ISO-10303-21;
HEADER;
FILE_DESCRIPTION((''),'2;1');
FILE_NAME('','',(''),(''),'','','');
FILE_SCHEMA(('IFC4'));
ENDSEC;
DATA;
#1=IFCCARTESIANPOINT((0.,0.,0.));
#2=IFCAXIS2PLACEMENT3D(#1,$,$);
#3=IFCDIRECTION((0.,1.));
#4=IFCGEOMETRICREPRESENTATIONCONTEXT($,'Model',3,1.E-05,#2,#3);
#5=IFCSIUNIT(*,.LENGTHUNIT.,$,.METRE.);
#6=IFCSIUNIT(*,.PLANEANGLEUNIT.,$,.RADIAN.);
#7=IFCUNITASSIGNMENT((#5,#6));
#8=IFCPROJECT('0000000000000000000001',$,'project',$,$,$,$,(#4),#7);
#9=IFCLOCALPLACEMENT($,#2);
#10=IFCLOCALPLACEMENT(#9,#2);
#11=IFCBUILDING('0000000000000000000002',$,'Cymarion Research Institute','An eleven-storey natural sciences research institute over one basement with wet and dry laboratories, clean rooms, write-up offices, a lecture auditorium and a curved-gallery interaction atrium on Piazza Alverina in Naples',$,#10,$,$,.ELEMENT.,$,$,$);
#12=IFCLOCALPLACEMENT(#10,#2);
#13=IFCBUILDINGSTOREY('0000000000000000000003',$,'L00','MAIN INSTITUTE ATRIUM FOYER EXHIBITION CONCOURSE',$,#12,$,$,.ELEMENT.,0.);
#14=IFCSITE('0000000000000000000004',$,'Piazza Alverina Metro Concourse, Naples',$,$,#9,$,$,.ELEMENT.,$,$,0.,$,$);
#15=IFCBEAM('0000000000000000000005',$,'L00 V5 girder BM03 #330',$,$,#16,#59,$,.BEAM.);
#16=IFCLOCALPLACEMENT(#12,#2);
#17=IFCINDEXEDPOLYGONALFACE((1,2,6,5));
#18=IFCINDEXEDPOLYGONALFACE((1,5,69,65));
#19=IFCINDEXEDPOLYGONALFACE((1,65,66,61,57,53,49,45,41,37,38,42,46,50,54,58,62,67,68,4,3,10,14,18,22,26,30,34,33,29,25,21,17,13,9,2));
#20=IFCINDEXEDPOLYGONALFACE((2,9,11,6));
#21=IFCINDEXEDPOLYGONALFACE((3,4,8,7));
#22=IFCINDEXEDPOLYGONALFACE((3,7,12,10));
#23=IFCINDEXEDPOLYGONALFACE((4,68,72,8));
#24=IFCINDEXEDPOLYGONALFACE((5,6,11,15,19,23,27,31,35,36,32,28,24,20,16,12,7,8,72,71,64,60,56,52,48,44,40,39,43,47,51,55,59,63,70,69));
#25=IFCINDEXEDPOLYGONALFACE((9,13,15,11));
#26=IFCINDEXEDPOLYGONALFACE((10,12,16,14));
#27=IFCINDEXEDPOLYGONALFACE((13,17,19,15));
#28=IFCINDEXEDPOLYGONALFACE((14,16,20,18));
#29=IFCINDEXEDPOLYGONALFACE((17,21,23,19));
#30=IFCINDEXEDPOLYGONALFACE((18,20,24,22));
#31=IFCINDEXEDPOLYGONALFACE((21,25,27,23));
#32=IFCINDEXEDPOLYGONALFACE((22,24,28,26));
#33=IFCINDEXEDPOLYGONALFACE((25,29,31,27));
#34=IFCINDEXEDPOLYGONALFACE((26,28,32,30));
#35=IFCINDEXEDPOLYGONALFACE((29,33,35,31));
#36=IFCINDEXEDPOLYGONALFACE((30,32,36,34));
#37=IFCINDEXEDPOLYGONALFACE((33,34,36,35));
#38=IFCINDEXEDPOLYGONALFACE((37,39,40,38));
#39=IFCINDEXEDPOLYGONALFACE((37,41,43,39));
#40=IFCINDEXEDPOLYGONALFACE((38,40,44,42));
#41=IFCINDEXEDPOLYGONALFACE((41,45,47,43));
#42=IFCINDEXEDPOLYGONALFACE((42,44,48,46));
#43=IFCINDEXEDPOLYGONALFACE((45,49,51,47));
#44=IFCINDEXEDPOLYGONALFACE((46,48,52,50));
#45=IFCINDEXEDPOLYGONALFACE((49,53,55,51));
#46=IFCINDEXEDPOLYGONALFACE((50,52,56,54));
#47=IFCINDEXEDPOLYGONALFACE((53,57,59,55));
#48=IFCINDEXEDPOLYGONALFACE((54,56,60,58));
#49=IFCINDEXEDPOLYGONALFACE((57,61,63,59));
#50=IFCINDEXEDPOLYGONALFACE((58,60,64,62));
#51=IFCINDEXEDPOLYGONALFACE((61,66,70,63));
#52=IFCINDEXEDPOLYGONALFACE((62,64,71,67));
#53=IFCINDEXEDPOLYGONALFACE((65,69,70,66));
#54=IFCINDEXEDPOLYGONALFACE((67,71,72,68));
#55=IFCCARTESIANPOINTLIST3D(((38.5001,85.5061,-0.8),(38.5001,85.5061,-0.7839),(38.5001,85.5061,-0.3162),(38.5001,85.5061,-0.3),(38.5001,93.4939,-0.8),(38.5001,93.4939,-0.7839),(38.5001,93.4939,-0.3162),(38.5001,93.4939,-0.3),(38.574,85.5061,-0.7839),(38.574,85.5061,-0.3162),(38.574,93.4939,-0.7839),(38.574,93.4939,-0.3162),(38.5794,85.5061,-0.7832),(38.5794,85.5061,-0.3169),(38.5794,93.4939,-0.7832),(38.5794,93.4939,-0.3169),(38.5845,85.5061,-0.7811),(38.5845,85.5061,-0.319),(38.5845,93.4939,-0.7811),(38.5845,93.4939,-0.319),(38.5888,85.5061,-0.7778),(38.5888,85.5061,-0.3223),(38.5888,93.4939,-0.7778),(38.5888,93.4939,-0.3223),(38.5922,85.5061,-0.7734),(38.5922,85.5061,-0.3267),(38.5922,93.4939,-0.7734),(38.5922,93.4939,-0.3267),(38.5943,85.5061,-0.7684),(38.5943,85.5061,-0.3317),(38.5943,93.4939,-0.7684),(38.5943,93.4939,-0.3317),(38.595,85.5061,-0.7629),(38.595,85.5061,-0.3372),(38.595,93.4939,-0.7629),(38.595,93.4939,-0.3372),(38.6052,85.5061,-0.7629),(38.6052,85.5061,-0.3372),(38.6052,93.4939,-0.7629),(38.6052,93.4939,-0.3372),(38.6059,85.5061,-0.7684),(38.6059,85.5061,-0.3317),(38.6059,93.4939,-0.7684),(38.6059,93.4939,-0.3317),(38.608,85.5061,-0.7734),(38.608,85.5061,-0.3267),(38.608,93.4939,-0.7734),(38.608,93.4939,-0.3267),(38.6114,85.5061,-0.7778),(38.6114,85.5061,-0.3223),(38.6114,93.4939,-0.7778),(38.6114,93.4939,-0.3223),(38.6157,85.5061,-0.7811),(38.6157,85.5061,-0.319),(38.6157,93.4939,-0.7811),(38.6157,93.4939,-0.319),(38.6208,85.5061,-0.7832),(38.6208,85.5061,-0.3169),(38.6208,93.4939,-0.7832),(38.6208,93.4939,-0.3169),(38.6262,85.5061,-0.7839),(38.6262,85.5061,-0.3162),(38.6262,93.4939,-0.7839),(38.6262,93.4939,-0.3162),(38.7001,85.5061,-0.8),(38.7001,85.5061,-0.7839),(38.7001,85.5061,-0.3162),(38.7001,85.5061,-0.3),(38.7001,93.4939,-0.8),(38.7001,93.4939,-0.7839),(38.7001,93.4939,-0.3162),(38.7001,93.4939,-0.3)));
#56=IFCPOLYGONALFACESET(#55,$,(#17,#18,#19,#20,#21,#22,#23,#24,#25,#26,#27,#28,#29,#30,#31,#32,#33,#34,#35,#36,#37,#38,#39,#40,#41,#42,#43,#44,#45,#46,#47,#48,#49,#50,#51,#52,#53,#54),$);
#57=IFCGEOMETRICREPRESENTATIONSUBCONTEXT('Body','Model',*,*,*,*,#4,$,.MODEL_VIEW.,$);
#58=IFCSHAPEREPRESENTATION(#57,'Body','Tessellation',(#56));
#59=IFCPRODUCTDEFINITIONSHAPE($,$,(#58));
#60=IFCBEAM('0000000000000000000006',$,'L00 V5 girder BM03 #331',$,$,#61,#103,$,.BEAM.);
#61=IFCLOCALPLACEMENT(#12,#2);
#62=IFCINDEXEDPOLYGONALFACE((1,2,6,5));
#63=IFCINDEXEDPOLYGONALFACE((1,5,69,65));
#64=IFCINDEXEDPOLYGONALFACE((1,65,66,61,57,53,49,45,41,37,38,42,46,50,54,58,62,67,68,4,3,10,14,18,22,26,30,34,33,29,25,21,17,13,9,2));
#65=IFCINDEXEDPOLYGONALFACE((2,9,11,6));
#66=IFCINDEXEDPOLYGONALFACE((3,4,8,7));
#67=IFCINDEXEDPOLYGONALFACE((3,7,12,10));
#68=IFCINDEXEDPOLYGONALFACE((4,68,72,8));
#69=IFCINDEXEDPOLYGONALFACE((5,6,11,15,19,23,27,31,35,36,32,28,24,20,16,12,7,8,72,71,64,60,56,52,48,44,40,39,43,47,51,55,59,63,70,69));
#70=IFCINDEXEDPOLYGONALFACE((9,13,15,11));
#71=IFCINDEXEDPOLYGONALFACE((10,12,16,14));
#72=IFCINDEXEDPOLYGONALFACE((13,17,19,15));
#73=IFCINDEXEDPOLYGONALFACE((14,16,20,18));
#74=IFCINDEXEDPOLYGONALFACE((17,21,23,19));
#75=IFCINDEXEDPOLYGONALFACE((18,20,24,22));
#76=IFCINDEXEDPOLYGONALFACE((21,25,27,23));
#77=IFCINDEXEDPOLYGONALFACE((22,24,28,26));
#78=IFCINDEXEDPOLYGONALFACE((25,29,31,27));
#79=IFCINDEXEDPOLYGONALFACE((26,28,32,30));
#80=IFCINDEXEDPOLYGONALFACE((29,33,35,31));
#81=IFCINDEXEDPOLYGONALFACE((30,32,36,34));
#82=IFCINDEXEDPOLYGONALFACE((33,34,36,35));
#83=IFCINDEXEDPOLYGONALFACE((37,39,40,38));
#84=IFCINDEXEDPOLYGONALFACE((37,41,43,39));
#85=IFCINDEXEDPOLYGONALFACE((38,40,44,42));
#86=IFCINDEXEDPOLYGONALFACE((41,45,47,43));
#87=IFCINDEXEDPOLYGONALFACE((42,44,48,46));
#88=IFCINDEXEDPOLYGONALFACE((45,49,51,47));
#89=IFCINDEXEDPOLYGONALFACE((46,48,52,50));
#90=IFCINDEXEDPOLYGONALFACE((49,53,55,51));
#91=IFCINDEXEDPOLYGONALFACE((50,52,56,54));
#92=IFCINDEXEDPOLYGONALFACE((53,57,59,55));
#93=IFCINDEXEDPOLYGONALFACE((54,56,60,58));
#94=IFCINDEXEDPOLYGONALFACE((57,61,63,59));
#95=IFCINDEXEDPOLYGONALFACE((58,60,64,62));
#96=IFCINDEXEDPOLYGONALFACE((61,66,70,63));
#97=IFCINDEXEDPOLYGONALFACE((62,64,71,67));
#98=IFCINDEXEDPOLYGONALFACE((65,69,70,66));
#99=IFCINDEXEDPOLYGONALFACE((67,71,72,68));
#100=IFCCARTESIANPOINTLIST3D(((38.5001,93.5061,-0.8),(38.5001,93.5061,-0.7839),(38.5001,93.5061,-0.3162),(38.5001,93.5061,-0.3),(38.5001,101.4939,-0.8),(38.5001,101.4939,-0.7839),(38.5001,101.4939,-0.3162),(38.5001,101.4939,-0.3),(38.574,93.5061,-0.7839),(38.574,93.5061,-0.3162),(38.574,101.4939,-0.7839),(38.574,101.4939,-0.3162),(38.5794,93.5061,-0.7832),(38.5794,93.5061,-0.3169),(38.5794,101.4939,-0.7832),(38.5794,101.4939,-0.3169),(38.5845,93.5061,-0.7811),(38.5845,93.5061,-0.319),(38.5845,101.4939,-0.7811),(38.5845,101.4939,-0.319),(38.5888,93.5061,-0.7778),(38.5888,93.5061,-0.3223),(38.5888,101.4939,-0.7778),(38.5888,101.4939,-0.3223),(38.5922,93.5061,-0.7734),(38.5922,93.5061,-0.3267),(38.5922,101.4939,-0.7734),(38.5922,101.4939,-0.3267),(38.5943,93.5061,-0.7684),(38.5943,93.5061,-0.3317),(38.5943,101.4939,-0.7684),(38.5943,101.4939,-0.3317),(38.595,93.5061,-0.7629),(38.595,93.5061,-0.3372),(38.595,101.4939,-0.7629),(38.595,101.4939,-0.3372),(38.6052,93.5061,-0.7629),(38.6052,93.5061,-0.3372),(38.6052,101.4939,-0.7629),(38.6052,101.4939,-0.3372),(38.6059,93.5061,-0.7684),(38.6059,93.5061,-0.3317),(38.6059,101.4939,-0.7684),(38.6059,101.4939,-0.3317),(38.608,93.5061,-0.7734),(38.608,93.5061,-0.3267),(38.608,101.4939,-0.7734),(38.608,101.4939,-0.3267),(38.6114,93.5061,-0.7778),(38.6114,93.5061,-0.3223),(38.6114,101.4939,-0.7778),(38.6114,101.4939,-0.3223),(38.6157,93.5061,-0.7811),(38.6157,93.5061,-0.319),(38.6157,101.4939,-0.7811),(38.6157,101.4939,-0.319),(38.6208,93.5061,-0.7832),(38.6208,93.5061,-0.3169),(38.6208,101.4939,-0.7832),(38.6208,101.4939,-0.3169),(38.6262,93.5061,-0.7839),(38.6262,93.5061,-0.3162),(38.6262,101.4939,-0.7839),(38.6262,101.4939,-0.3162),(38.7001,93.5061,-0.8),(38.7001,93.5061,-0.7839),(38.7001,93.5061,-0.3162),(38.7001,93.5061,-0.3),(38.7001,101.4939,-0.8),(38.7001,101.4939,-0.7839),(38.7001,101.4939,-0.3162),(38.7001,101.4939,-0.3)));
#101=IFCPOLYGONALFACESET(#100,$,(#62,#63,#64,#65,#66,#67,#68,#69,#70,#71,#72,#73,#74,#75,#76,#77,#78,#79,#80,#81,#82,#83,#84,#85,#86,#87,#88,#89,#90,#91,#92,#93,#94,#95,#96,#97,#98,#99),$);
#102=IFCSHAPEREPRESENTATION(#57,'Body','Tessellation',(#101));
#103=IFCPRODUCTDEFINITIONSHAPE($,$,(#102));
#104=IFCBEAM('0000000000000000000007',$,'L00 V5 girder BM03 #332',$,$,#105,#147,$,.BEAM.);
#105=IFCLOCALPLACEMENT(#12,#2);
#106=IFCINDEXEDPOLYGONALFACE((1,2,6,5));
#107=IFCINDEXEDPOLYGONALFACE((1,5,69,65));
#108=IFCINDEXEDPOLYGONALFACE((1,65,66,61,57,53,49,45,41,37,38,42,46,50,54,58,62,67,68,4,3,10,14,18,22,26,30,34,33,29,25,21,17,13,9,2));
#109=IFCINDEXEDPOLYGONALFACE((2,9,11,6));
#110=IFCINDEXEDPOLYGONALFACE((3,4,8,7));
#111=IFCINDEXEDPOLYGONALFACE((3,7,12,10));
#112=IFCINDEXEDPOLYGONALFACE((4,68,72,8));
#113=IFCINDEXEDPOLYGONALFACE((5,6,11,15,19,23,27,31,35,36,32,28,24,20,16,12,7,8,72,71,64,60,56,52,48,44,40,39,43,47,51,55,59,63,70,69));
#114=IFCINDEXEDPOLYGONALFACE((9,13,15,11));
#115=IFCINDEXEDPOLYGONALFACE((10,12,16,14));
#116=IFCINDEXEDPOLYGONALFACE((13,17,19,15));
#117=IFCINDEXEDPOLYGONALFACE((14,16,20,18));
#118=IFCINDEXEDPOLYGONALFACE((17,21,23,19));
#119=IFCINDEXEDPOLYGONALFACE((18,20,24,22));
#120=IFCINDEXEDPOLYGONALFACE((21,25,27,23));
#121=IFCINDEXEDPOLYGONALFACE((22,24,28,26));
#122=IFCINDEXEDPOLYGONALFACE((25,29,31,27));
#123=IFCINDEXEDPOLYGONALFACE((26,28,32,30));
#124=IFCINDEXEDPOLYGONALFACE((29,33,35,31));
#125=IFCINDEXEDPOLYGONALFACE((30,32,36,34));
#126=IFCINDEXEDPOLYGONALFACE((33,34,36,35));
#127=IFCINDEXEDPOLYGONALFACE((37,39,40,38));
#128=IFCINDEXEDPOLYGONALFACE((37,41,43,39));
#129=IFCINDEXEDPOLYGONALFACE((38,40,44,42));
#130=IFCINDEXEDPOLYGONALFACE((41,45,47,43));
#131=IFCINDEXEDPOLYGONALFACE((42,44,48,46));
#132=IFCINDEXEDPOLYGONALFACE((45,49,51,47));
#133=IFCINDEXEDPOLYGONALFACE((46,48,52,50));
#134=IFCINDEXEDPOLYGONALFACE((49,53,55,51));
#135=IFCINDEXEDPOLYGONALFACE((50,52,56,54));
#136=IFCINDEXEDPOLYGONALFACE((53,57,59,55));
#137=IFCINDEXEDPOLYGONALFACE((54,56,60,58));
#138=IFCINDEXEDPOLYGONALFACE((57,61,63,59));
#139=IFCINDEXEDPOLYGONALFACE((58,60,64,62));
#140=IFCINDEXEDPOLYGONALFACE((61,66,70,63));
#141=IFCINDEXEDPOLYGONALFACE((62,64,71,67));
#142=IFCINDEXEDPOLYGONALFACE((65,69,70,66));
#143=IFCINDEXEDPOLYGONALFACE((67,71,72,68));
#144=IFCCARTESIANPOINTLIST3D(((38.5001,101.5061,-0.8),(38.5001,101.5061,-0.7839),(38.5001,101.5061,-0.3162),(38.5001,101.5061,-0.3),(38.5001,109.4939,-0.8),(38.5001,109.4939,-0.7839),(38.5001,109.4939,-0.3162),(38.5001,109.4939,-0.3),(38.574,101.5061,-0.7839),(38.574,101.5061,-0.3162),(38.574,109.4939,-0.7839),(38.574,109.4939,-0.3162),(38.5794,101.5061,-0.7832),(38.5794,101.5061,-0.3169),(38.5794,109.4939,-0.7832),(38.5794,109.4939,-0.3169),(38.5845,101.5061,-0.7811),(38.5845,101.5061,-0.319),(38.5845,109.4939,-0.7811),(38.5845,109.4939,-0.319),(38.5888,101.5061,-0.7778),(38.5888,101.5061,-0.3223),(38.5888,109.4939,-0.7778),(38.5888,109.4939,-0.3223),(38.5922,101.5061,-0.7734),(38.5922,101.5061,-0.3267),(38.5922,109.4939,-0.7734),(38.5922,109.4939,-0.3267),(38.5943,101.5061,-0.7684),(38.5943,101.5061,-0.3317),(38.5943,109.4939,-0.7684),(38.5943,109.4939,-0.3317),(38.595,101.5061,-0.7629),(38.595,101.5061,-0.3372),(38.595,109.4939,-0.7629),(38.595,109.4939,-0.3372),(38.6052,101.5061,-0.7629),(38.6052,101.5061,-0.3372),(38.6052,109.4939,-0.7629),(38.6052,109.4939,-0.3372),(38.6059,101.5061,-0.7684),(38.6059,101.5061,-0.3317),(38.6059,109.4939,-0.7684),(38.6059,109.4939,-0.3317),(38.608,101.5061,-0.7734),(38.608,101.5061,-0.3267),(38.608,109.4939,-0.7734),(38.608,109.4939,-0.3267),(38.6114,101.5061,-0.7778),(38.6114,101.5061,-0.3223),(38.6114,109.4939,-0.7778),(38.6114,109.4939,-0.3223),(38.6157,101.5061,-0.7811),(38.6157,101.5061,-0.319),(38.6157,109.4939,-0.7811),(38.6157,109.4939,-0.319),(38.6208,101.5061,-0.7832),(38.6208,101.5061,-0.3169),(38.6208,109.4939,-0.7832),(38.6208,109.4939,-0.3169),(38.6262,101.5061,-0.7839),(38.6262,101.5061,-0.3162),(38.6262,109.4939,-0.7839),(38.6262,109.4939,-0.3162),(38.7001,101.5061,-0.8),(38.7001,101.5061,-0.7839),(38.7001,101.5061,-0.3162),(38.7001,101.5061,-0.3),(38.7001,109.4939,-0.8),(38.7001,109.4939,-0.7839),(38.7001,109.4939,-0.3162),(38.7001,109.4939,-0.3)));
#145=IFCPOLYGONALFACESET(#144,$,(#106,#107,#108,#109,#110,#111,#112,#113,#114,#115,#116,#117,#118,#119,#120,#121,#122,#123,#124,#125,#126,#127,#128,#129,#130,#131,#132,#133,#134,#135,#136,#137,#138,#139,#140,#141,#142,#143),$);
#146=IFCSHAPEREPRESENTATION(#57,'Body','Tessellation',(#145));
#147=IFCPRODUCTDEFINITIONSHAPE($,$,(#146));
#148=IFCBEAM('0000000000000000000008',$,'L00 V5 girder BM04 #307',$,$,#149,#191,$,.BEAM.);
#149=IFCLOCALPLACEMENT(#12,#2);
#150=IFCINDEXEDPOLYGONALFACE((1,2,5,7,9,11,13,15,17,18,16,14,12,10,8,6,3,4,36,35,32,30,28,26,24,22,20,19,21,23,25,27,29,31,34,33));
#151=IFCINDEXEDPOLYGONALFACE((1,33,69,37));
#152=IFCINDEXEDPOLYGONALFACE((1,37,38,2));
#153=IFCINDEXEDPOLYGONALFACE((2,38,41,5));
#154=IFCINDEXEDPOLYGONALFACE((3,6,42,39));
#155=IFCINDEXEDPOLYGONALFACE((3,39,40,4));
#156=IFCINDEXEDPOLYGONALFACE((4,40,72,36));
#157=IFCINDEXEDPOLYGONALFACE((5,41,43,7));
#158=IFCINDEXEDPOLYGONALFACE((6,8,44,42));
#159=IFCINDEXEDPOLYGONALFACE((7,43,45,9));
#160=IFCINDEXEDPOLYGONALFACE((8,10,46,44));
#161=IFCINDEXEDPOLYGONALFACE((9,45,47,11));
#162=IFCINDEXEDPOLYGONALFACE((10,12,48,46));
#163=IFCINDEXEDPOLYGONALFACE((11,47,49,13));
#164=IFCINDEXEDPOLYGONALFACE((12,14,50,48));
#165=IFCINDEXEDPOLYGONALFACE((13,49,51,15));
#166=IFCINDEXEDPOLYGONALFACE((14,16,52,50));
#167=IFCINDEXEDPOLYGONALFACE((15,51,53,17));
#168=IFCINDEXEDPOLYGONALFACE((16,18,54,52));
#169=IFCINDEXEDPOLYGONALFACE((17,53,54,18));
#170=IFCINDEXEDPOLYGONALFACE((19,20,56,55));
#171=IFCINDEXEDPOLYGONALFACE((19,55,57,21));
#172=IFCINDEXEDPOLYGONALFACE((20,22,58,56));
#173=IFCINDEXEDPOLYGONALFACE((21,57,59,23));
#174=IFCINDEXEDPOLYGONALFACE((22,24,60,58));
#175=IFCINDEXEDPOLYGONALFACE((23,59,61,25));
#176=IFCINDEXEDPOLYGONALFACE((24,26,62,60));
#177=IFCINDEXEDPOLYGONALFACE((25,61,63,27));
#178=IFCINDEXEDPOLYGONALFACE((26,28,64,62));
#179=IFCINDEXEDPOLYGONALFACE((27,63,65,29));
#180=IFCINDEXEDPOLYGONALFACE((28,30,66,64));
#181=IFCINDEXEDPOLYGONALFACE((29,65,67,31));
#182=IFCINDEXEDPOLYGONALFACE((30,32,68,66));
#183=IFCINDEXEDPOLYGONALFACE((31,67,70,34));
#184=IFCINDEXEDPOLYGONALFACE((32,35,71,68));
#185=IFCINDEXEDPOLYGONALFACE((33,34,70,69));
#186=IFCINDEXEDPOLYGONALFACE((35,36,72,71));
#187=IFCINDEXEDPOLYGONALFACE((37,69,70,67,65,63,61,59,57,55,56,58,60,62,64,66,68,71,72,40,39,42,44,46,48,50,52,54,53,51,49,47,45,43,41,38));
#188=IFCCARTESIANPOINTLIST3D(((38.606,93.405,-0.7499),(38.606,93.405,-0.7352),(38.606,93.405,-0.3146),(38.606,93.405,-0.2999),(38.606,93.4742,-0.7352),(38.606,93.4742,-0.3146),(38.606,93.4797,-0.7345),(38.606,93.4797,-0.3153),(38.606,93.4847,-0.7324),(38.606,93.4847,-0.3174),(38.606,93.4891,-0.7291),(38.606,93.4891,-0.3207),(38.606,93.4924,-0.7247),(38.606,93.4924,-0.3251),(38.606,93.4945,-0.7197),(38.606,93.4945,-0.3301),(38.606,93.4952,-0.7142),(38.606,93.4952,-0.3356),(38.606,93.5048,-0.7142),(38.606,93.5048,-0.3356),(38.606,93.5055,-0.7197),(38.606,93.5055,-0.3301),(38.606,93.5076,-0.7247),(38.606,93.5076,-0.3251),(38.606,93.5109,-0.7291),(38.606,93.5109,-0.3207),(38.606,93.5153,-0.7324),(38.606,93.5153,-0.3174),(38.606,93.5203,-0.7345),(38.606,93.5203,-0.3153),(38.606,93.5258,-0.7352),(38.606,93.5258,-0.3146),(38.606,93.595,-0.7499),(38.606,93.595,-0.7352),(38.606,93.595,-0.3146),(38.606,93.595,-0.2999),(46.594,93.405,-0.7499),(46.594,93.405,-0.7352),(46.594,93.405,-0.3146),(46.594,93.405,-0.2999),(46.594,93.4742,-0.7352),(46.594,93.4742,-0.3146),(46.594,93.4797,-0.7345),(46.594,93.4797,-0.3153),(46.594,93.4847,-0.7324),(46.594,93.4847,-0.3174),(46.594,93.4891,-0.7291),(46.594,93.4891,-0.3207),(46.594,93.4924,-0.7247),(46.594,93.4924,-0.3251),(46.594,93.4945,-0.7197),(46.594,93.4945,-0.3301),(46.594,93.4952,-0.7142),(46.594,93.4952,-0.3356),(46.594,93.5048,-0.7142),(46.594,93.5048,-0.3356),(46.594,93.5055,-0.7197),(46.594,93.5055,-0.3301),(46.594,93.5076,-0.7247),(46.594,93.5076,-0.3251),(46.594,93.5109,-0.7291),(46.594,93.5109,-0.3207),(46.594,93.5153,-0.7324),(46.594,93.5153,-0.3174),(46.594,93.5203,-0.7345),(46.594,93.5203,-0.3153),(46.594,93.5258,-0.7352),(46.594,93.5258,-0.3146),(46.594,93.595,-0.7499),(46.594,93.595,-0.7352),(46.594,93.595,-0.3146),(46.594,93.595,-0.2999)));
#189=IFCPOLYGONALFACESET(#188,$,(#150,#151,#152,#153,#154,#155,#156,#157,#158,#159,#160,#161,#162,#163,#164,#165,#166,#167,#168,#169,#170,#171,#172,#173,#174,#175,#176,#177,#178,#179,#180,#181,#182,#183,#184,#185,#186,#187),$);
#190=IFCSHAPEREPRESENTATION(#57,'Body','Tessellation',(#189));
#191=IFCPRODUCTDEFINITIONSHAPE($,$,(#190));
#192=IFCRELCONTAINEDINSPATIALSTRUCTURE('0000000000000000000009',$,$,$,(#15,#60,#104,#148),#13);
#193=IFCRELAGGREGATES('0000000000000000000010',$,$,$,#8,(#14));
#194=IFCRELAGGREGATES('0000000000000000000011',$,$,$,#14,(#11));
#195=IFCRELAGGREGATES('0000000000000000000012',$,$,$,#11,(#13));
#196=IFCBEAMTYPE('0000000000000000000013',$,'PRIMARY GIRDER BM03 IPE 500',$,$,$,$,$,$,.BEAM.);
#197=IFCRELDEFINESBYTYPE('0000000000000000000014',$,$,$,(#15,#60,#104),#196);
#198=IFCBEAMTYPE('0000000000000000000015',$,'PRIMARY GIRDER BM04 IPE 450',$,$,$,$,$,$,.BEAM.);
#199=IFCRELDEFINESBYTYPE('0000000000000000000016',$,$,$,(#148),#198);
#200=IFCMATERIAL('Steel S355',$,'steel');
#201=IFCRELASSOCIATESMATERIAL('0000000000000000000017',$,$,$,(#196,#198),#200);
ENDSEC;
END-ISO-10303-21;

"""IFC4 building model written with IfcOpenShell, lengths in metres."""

from ifc_helpers import new_model, si_unit, direction, frame, origin, origin_2d, place, context, subcontext, project, spatial, i_section, extrude, material, material_profile, profile_set, type_object, element, save


model = new_model("IFC4")

# Units and contexts
model_context = context("Model", 3, precision=1e-05, world=origin(), true_north=direction((0.0, 1.0)))
body_context = subcontext(model_context, "Body", "Model", "MODEL_VIEW")
ifc_project = project(units=[si_unit("LENGTHUNIT", "METRE"), si_unit("PLANEANGLEUNIT", "RADIAN")], contexts=[model_context])

# Site, building, storey
site_placement = place(None, origin())
site = spatial("IfcSite", under=ifc_project, at=site_placement, Name="Piazza Alverina Metro Concourse, Naples", CompositionType="ELEMENT", RefElevation=0.0)
building_placement = place(site_placement, origin())
building = spatial("IfcBuilding", under=site, at=building_placement, Name="Cymarion Research Institute", Description="An eleven-storey natural sciences research institute over one basement with wet and dry laboratories, clean rooms, write-up offices, a lecture auditorium and a curved-gallery interaction atrium on Piazza Alverina in Naples", CompositionType="ELEMENT")
storey_placement = place(building_placement, origin())
storey = spatial("IfcBuildingStorey", under=building, at=storey_placement, Name="L00", Description="MAIN INSTITUTE ATRIUM FOYER EXHIBITION CONCOURSE", CompositionType="ELEMENT", Elevation=0.0)

# Shared definitions
ifc_material_1 = material(Name="Steel S355", Category="steel")

# Beams
ifc_material_profile_1 = material_profile(ifc_material_1, i_section(OverallWidth=0.2, OverallDepth=0.5, WebThickness=0.0103, FlangeThickness=0.0161, FilletRadius=0.021, at=origin_2d()), Name="IPE 500")
ifc_profile_set_1 = profile_set([ifc_material_profile_1], Name="Steel S355")
beam_type_1 = type_object("IfcBeamType", Name="PRIMARY GIRDER BM03 IPE 500", PredefinedType="BEAM", material=ifc_profile_set_1)
for number, where, z_axis, x_axis, name in (
    (1, (38.6001, 85.5061, -0.55), (0.0, 1.0, 0.0), (-1.0, 0.0, 0.0), "L00 V5 girder BM03 #330"),
    (2, (38.6001, 93.5061, -0.55), (0.0, 1.0, 0.0), (-1.0, 0.0, 0.0), "L00 V5 girder BM03 #331"),
    (3, (38.6001, 101.5061, -0.55), (0.0, 1.0, 0.0), (-1.0, 0.0, 0.0), "L00 V5 girder BM03 #332"),
):
    element("IfcBeam", number, at=place(storey_placement, frame(where, z_axis=z_axis, x_axis=x_axis)), inside=storey, type_object=beam_type_1, Name=name, PredefinedType="BEAM", context=body_context, shape_type="SweptSolid", body=[
        extrude(i_section(OverallWidth=0.2, OverallDepth=0.5, WebThickness=0.0103, FlangeThickness=0.0161, FilletRadius=0.021, at=origin_2d()), origin(), (0.0, 0.0, 1.0), 7.9878),
    ])
ifc_material_profile_2 = material_profile(ifc_material_1, i_section(OverallWidth=0.1899, OverallDepth=0.45, WebThickness=0.0095, FlangeThickness=0.0146, FilletRadius=0.021, at=origin_2d()), Name="IPE 450")
ifc_profile_set_2 = profile_set([ifc_material_profile_2], Name="Steel S355")
beam_type_2 = type_object("IfcBeamType", Name="PRIMARY GIRDER BM04 IPE 450", PredefinedType="BEAM", material=ifc_profile_set_2)
for number, where, z_axis, x_axis, name in (
    (4, (38.606, 93.5, -0.5249), (1.0, 0.0, 0.0), (0.0, 1.0, 0.0), "L00 V5 girder BM04 #307"),
):
    element("IfcBeam", number, at=place(storey_placement, frame(where, z_axis=z_axis, x_axis=x_axis)), inside=storey, type_object=beam_type_2, Name=name, PredefinedType="BEAM", context=body_context, shape_type="SweptSolid", body=[
        extrude(i_section(OverallWidth=0.1899, OverallDepth=0.45, WebThickness=0.0095, FlangeThickness=0.0146, FilletRadius=0.021, at=origin_2d()), origin(), (0.0, 0.0, 1.0), 7.988),
    ])

save(model, "model.ifc")
